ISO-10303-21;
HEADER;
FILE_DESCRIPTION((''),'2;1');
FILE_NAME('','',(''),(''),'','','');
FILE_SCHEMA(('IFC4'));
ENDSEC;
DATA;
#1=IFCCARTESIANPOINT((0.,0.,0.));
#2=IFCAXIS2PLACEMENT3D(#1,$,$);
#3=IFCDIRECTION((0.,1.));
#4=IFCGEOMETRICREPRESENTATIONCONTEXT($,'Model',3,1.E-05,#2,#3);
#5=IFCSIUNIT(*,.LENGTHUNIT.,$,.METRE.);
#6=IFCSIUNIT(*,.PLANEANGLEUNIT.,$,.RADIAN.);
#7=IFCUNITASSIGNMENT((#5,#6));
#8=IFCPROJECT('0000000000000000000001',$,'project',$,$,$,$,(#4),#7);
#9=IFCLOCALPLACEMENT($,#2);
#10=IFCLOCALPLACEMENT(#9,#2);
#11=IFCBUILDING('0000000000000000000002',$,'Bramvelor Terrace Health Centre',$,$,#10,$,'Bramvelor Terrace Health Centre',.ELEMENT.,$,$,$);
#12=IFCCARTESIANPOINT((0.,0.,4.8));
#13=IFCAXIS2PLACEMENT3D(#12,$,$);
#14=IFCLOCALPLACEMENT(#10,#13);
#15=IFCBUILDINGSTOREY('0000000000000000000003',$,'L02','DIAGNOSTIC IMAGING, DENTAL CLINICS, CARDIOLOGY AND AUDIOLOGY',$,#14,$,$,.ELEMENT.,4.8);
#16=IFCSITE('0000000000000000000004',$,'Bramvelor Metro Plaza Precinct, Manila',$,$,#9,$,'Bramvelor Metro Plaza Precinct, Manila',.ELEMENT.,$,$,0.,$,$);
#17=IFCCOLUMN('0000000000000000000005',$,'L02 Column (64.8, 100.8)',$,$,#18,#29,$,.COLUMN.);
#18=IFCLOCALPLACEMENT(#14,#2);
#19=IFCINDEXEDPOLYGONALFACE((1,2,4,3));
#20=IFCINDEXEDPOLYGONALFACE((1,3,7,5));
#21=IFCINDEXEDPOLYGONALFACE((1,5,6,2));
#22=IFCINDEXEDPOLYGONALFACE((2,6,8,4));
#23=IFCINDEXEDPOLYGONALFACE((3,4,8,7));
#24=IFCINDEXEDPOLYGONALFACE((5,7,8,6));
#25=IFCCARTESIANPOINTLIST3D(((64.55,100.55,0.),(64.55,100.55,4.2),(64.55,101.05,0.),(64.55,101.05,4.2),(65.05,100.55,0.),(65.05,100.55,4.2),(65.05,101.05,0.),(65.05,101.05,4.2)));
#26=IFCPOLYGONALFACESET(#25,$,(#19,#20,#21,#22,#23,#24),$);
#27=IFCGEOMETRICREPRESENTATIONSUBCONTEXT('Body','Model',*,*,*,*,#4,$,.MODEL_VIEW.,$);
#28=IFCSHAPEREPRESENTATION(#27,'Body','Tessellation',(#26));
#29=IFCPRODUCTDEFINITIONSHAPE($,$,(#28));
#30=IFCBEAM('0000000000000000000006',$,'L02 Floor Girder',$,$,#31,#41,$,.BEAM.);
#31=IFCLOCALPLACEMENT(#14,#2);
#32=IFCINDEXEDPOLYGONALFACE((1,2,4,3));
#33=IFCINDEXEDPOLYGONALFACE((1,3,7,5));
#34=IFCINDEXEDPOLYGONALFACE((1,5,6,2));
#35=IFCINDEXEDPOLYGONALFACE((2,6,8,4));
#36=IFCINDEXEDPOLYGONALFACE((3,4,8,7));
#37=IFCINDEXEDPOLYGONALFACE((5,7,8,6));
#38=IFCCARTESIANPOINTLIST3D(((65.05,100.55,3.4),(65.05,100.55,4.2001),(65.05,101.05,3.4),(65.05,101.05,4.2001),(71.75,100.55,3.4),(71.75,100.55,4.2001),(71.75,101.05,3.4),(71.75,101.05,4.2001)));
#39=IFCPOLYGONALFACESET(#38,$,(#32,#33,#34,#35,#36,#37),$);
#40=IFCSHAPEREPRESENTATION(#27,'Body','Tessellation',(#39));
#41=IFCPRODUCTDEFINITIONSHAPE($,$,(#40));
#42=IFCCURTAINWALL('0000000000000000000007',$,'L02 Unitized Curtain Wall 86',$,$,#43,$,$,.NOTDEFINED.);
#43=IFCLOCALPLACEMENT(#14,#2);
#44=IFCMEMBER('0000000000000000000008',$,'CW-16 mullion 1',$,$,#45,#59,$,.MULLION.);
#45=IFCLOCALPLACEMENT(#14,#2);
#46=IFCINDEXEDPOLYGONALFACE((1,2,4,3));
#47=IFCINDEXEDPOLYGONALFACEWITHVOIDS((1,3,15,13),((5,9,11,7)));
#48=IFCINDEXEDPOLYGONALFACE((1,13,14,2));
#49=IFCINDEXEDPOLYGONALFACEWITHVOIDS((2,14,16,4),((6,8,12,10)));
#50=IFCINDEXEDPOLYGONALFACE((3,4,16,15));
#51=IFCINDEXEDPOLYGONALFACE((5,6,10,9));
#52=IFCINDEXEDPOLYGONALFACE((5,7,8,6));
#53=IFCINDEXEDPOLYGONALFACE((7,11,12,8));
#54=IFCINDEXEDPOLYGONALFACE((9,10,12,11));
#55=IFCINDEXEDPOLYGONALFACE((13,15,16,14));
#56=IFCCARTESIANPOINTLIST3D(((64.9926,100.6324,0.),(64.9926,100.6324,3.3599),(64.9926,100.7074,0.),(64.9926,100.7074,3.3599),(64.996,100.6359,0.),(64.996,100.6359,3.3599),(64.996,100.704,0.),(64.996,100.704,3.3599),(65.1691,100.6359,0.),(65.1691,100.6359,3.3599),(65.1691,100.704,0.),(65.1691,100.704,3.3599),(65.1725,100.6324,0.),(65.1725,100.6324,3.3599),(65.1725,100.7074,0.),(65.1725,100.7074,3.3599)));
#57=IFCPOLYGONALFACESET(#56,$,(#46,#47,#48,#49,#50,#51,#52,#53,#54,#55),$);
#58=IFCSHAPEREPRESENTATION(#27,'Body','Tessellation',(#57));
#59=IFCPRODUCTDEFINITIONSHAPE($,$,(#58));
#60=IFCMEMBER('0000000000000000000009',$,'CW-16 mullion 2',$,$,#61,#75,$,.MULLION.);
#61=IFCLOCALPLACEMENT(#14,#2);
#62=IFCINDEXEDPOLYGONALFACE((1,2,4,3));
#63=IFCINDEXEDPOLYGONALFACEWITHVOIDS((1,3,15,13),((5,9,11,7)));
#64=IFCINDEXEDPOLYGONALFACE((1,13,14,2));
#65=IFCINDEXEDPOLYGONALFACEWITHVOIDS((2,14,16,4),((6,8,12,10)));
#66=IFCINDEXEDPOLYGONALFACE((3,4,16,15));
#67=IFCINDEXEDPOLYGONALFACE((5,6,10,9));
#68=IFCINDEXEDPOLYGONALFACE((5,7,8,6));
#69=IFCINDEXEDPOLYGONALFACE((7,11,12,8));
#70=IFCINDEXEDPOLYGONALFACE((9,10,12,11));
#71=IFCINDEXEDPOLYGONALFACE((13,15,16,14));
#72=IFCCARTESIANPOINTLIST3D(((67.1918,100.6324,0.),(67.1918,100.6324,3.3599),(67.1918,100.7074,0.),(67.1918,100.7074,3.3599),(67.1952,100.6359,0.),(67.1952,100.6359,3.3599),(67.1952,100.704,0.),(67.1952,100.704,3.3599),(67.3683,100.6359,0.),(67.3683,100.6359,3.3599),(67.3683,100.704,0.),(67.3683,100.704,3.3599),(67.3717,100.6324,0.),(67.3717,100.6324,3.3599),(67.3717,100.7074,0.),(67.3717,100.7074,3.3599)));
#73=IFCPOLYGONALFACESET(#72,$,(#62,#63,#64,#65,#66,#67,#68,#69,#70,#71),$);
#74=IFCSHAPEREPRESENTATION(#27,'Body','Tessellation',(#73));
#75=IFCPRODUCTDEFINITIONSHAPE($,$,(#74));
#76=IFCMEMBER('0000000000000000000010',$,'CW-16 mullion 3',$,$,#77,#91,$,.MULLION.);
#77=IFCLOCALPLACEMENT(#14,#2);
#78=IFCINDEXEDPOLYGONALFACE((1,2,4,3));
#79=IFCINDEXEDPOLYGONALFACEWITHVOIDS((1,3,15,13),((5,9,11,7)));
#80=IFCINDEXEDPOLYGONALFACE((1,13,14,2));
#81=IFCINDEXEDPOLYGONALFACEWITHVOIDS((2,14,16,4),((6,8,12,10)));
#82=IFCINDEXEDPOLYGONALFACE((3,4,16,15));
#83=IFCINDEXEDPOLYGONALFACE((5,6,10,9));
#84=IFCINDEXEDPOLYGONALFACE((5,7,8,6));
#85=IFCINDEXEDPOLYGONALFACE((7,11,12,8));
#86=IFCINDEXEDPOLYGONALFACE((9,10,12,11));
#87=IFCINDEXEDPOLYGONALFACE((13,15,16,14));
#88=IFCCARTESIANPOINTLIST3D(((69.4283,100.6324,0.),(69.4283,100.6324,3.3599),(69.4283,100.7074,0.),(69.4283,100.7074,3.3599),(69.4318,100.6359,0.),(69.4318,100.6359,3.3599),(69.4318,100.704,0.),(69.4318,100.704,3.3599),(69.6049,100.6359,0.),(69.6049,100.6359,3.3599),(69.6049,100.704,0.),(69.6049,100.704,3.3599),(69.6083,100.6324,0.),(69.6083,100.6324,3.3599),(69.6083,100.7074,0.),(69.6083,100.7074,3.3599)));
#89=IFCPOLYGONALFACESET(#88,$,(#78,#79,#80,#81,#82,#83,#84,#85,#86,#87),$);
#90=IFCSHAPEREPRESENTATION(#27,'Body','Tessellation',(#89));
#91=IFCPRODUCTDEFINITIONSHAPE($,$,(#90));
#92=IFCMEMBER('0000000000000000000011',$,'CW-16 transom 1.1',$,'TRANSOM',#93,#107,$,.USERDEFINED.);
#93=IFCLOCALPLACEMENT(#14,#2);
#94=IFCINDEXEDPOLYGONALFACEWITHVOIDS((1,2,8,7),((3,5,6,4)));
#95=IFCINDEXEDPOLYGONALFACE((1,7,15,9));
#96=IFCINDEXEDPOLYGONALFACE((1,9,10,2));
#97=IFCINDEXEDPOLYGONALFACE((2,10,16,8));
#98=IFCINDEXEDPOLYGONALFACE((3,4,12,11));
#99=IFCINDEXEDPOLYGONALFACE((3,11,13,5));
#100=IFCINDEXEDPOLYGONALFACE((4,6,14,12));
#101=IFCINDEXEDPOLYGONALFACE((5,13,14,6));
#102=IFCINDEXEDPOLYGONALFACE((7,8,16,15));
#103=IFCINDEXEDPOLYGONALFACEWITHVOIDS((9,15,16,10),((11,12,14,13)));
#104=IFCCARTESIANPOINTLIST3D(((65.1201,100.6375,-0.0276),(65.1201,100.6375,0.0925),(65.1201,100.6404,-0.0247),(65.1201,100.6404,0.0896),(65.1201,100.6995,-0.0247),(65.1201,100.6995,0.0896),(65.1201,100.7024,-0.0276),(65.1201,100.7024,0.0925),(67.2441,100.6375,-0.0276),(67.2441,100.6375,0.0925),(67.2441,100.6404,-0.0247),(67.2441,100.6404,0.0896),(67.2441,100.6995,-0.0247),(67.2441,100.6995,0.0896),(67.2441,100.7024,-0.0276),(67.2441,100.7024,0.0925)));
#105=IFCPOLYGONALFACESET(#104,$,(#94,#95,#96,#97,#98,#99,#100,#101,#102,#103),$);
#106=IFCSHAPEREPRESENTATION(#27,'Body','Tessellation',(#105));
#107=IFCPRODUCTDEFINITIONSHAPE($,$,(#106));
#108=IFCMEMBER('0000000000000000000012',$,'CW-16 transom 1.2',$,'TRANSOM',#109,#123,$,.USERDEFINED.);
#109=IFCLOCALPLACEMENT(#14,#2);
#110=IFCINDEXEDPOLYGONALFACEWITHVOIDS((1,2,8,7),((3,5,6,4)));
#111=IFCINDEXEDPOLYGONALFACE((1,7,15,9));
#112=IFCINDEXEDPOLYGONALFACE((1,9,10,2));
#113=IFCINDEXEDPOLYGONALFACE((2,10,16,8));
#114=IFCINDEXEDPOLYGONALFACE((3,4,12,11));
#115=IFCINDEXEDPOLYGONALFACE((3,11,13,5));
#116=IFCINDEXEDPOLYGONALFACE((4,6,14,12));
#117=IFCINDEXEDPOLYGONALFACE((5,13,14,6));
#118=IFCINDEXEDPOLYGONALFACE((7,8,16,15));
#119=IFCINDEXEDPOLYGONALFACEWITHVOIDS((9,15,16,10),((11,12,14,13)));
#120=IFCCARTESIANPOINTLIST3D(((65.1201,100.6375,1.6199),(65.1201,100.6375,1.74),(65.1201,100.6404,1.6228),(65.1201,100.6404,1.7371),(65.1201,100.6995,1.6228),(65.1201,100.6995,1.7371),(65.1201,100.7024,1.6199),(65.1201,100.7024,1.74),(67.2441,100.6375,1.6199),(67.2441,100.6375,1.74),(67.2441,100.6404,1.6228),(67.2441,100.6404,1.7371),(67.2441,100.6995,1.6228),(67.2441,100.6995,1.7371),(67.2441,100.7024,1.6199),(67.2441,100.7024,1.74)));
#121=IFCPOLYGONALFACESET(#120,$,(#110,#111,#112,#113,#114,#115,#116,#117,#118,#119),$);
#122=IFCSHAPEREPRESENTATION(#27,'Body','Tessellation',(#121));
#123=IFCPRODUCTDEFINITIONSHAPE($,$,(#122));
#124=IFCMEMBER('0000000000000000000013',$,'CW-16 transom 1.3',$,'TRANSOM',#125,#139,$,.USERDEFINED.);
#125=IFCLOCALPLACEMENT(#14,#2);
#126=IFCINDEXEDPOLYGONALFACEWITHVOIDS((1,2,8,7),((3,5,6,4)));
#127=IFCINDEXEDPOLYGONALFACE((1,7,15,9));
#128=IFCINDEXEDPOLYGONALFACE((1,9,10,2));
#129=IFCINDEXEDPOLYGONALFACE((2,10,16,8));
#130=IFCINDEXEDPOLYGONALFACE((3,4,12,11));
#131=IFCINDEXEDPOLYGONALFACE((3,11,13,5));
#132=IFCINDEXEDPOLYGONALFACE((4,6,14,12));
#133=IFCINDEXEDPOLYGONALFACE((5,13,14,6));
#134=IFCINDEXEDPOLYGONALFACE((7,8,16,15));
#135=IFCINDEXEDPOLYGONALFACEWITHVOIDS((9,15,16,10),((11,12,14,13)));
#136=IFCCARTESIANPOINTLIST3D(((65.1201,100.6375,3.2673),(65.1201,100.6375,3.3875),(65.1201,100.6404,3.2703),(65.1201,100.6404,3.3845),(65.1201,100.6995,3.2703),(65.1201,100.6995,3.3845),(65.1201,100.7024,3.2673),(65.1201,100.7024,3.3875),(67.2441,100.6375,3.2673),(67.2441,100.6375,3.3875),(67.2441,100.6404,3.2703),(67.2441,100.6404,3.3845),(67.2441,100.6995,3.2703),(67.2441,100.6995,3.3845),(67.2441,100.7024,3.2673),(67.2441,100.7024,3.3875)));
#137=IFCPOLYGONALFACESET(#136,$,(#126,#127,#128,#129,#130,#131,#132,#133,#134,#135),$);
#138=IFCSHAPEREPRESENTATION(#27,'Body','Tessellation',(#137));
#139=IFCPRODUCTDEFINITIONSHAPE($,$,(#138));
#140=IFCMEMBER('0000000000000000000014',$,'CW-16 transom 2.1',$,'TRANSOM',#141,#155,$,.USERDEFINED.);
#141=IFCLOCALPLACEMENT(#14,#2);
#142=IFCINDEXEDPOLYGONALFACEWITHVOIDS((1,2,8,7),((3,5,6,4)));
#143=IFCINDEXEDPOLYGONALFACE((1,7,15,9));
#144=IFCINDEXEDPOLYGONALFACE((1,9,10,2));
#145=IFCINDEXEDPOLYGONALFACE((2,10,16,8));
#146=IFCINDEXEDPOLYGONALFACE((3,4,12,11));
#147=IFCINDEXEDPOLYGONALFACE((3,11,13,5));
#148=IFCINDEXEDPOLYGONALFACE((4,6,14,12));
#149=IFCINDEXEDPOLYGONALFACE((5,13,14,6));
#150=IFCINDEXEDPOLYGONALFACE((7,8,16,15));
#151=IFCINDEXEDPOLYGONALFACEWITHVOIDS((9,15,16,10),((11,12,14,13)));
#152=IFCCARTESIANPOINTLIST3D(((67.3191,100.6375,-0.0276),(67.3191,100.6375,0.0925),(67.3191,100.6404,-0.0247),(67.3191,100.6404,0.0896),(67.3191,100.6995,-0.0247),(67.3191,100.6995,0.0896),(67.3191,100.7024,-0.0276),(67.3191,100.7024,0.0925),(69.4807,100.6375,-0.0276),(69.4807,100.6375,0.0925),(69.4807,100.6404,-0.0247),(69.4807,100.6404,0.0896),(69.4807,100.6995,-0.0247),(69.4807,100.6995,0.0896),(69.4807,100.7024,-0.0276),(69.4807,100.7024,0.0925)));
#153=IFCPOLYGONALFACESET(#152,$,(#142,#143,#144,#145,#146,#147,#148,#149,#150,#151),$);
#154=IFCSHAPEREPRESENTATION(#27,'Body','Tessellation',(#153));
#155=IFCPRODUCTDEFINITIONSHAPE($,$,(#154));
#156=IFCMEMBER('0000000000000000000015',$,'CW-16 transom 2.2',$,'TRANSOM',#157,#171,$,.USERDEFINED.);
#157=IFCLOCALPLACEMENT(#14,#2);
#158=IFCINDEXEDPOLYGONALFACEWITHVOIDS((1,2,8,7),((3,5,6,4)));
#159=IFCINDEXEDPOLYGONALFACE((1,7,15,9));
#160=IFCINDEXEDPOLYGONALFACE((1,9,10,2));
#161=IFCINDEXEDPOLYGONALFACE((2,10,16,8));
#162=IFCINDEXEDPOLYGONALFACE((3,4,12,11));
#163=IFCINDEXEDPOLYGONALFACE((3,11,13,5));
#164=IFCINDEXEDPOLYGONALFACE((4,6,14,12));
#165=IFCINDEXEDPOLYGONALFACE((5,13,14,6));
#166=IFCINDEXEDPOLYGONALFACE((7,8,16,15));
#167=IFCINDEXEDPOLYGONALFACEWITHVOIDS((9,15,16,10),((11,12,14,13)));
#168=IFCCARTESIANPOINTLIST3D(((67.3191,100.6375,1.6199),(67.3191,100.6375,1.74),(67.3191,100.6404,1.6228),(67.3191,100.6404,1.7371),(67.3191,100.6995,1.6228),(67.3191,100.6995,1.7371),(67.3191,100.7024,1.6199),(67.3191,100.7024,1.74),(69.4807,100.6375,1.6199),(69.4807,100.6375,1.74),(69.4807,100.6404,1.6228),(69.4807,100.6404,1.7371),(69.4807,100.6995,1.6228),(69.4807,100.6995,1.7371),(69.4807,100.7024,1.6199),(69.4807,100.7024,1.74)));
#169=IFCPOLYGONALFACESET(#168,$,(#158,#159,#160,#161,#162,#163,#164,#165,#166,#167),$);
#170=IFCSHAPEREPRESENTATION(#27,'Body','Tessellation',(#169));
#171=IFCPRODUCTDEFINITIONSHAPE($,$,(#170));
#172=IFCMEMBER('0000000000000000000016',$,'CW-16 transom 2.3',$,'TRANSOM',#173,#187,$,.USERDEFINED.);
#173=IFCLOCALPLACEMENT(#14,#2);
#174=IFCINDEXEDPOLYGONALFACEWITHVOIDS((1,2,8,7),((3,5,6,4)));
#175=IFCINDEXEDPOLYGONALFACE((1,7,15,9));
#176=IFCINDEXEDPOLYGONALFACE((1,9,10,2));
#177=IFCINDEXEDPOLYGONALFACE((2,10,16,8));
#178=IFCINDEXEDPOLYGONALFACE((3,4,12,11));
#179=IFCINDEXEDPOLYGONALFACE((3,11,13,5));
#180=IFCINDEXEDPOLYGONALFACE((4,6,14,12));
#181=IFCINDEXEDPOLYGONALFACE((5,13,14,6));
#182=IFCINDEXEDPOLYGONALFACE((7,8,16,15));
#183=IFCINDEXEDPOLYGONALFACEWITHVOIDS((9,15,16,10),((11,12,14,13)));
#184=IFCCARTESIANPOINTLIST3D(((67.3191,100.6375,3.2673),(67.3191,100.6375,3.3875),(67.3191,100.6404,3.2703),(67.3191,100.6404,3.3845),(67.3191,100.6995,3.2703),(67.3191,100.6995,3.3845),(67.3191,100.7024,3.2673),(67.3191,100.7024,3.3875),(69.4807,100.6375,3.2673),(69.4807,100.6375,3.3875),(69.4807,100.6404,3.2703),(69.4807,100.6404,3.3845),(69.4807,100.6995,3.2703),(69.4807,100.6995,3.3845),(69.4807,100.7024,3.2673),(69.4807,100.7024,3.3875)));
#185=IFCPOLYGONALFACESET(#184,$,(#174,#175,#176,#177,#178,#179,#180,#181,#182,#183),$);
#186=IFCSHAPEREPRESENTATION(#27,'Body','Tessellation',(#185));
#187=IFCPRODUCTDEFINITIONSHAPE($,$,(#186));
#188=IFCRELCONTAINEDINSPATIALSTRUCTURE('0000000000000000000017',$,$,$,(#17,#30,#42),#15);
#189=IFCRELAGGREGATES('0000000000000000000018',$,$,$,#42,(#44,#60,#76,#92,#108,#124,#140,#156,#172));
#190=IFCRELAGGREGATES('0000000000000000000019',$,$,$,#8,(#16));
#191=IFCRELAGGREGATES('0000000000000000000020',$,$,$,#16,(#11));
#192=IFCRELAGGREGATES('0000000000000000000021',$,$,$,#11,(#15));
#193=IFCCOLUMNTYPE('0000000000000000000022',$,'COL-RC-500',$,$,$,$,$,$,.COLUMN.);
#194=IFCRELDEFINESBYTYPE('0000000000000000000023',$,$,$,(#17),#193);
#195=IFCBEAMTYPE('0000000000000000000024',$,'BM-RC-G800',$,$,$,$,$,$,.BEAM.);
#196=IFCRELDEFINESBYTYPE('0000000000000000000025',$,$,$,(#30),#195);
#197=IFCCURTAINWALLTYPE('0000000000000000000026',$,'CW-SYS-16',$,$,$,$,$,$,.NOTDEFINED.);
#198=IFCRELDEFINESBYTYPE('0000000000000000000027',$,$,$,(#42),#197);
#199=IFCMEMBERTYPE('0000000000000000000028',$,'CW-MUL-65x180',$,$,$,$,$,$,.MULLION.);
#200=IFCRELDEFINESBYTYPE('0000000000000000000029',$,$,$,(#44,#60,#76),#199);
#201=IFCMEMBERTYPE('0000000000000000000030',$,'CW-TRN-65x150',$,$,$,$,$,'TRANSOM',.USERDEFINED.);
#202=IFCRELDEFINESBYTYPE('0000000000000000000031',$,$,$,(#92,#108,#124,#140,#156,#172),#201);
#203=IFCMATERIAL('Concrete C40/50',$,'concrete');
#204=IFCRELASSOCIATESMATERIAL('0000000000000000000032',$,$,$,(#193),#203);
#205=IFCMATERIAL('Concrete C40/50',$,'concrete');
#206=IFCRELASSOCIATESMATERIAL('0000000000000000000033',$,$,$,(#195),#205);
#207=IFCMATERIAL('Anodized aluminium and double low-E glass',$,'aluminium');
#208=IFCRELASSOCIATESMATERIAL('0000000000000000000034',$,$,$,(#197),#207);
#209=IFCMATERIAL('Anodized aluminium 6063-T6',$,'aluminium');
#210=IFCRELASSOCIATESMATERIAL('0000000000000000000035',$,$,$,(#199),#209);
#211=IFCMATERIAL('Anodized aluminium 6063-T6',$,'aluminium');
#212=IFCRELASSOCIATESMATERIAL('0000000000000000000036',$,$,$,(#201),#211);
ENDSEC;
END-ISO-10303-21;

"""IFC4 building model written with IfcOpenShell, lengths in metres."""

from ifc_helpers import new_model, si_unit, direction, frame, origin, origin_2d, place, context, subcontext, project, spatial, rectangle, hollow_rectangle, extrude, material, material_profile, profile_set, type_object, element, aggregate, save


model = new_model("IFC4")

# Units and contexts
model_context = context("Model", 3, precision=1e-05, world=origin(), true_north=direction((0.0, 1.0)))
body_context = subcontext(model_context, "Body", "Model", "MODEL_VIEW")
ifc_project = project(units=[si_unit("LENGTHUNIT", "METRE"), si_unit("PLANEANGLEUNIT", "RADIAN")], contexts=[model_context])

# Site, building, storey
site_placement = place(None, origin())
site = spatial("IfcSite", under=ifc_project, at=site_placement, Name="Bramvelor Metro Plaza Precinct, Manila", LongName="Bramvelor Metro Plaza Precinct, Manila", CompositionType="ELEMENT", RefElevation=0.0)
building_placement = place(site_placement, origin())
building = spatial("IfcBuilding", under=site, at=building_placement, Name="Bramvelor Terrace Health Centre", LongName="Bramvelor Terrace Health Centre", CompositionType="ELEMENT")
storey_placement = place(building_placement, frame((0.0, 0.0, 4.8)))
storey = spatial("IfcBuildingStorey", under=building, at=storey_placement, Name="L02", Description="DIAGNOSTIC IMAGING, DENTAL CLINICS, CARDIOLOGY AND AUDIOLOGY", CompositionType="ELEMENT", Elevation=4.8)

# Column
ifc_material_1 = material(Name="Concrete C40/50", Category="concrete")
ifc_material_profile_1 = material_profile(ifc_material_1, rectangle(XDim=0.5, YDim=0.5, at=origin_2d()), Name="RC 500x500")
ifc_profile_set_1 = profile_set([ifc_material_profile_1], Name="Concrete C40/50")
column_type = type_object("IfcColumnType", Name="COL-RC-500", PredefinedType="COLUMN", material=ifc_profile_set_1)
column_placement = place(storey_placement, frame((64.8, 100.8, 0.0), z_axis=(0.0, 0.0, 1.0), x_axis=(1.0, 0.0, 0.0)))
element("IfcColumn", 1, at=column_placement, inside=storey, type_object=column_type, Name="L02 Column (64.8, 100.8)", PredefinedType="COLUMN", context=body_context, shape_type="SweptSolid", body=[
    extrude(rectangle(XDim=0.5, YDim=0.5, at=origin_2d()), origin(), (0.0, 0.0, 1.0), 4.2),
])

# Beam
ifc_material_2 = material(Name="Concrete C40/50", Category="concrete")
ifc_material_profile_2 = material_profile(ifc_material_2, rectangle(XDim=0.5, YDim=0.8, at=origin_2d()), Name="RC 500x800")
ifc_profile_set_2 = profile_set([ifc_material_profile_2], Name="Concrete C40/50")
beam_type = type_object("IfcBeamType", Name="BM-RC-G800", PredefinedType="BEAM", material=ifc_profile_set_2)
beam_placement = place(storey_placement, frame((65.05, 100.8, 3.8), z_axis=(1.0, 0.0, 0.0), x_axis=(0.0, 1.0, 0.0)))
element("IfcBeam", 2, at=beam_placement, inside=storey, type_object=beam_type, Name="L02 Floor Girder", PredefinedType="BEAM", context=body_context, shape_type="SweptSolid", body=[
    extrude(rectangle(XDim=0.5, YDim=0.8, at=origin_2d()), origin(), (0.0, 0.0, 1.0), 6.7),
])

# Curtain wall, members
ifc_material_3 = material(Name="Anodized aluminium and double low-E glass", Category="aluminium")
curtain_wall_type = type_object("IfcCurtainWallType", Name="CW-SYS-16", PredefinedType="NOTDEFINED", material=ifc_material_3)
curtain_wall_placement = place(storey_placement, origin())
curtain_wall = element("IfcCurtainWall", 3, at=curtain_wall_placement, inside=storey, type_object=curtain_wall_type, Name="L02 Unitized Curtain Wall 86", PredefinedType="NOTDEFINED")
ifc_material_4 = material(Name="Anodized aluminium 6063-T6", Category="aluminium")
ifc_material_profile_3 = material_profile(ifc_material_4, hollow_rectangle(XDim=0.075, YDim=0.1799, WallThickness=0.0034, at=origin_2d()), Name="ALU-MUL 75x180x3.5")
ifc_profile_set_3 = profile_set([ifc_material_profile_3], Name="Anodized aluminium 6063-T6")
member_type_1 = type_object("IfcMemberType", Name="CW-MUL-65x180", PredefinedType="MULLION", material=ifc_profile_set_3)
member_1_placement = place(storey_placement, frame((65.0825, 100.6699, 0.0), z_axis=(0.0, 0.0, 1.0), x_axis=(0.0, 1.0, 0.0)))
member_1 = element("IfcMember", 4, at=member_1_placement, type_object=member_type_1, Name="CW-16 mullion 1", PredefinedType="MULLION", context=body_context, shape_type="SweptSolid", body=[
    extrude(hollow_rectangle(XDim=0.075, YDim=0.1799, WallThickness=0.0034, at=origin_2d()), origin(), (0.0, 0.0, 1.0), 3.3599),
])
member_2_placement = place(storey_placement, frame((67.2817, 100.6699, 0.0), z_axis=(0.0, 0.0, 1.0), x_axis=(0.0, 1.0, 0.0)))
member_2 = element("IfcMember", 5, at=member_2_placement, type_object=member_type_1, Name="CW-16 mullion 2", PredefinedType="MULLION", context=body_context, shape_type="SweptSolid", body=[
    extrude(hollow_rectangle(XDim=0.075, YDim=0.1799, WallThickness=0.0034, at=origin_2d()), origin(), (0.0, 0.0, 1.0), 3.3599),
])
member_3_placement = place(storey_placement, frame((69.5183, 100.6699, 0.0), z_axis=(0.0, 0.0, 1.0), x_axis=(0.0, 1.0, 0.0)))
member_3 = element("IfcMember", 6, at=member_3_placement, type_object=member_type_1, Name="CW-16 mullion 3", PredefinedType="MULLION", context=body_context, shape_type="SweptSolid", body=[
    extrude(hollow_rectangle(XDim=0.075, YDim=0.1799, WallThickness=0.0034, at=origin_2d()), origin(), (0.0, 0.0, 1.0), 3.3599),
])
ifc_material_5 = material(Name="Anodized aluminium 6063-T6", Category="aluminium")
ifc_material_profile_4 = material_profile(ifc_material_5, hollow_rectangle(XDim=0.0649, YDim=0.1201, WallThickness=0.0029, at=origin_2d()), Name="ALU-TRN 65x120x3.0")
ifc_profile_set_4 = profile_set([ifc_material_profile_4], Name="Anodized aluminium 6063-T6")
member_type_2 = type_object("IfcMemberType", Name="CW-TRN-65x150", ElementType="TRANSOM", PredefinedType="USERDEFINED", material=ifc_profile_set_4)
member_4_placement = place(storey_placement, frame((65.1201, 100.6699, 0.0325), z_axis=(1.0, 0.0, 0.0), x_axis=(0.0, 1.0, 0.0)))
member_4 = element("IfcMember", 7, at=member_4_placement, type_object=member_type_2, Name="CW-16 transom 1.1", ObjectType="TRANSOM", PredefinedType="USERDEFINED", context=body_context, shape_type="SweptSolid", body=[
    extrude(hollow_rectangle(XDim=0.0649, YDim=0.1201, WallThickness=0.0029, at=origin_2d()), origin(), (0.0, 0.0, 1.0), 2.124),
])
member_5_placement = place(storey_placement, frame((65.1201, 100.6699, 1.6799), z_axis=(1.0, 0.0, 0.0), x_axis=(0.0, 1.0, 0.0)))
member_5 = element("IfcMember", 8, at=member_5_placement, type_object=member_type_2, Name="CW-16 transom 1.2", ObjectType="TRANSOM", PredefinedType="USERDEFINED", context=body_context, shape_type="SweptSolid", body=[
    extrude(hollow_rectangle(XDim=0.0649, YDim=0.1201, WallThickness=0.0029, at=origin_2d()), origin(), (0.0, 0.0, 1.0), 2.124),
])
member_6_placement = place(storey_placement, frame((65.1201, 100.6699, 3.3274), z_axis=(1.0, 0.0, 0.0), x_axis=(0.0, 1.0, 0.0)))
member_6 = element("IfcMember", 9, at=member_6_placement, type_object=member_type_2, Name="CW-16 transom 1.3", ObjectType="TRANSOM", PredefinedType="USERDEFINED", context=body_context, shape_type="SweptSolid", body=[
    extrude(hollow_rectangle(XDim=0.0649, YDim=0.1201, WallThickness=0.0029, at=origin_2d()), origin(), (0.0, 0.0, 1.0), 2.124),
])
member_7_placement = place(storey_placement, frame((67.3191, 100.6699, 0.0325), z_axis=(1.0, 0.0, 0.0), x_axis=(0.0, 1.0, 0.0)))
member_7 = element("IfcMember", 10, at=member_7_placement, type_object=member_type_2, Name="CW-16 transom 2.1", ObjectType="TRANSOM", PredefinedType="USERDEFINED", context=body_context, shape_type="SweptSolid", body=[
    extrude(hollow_rectangle(XDim=0.0649, YDim=0.1201, WallThickness=0.0029, at=origin_2d()), origin(), (0.0, 0.0, 1.0), 2.1616),
])
member_8_placement = place(storey_placement, frame((67.3191, 100.6699, 1.6799), z_axis=(1.0, 0.0, 0.0), x_axis=(0.0, 1.0, 0.0)))
member_8 = element("IfcMember", 11, at=member_8_placement, type_object=member_type_2, Name="CW-16 transom 2.2", ObjectType="TRANSOM", PredefinedType="USERDEFINED", context=body_context, shape_type="SweptSolid", body=[
    extrude(hollow_rectangle(XDim=0.0649, YDim=0.1201, WallThickness=0.0029, at=origin_2d()), origin(), (0.0, 0.0, 1.0), 2.1616),
])
member_9_placement = place(storey_placement, frame((67.3191, 100.6699, 3.3274), z_axis=(1.0, 0.0, 0.0), x_axis=(0.0, 1.0, 0.0)))
member_9 = element("IfcMember", 12, at=member_9_placement, type_object=member_type_2, Name="CW-16 transom 2.3", ObjectType="TRANSOM", PredefinedType="USERDEFINED", context=body_context, shape_type="SweptSolid", body=[
    extrude(hollow_rectangle(XDim=0.0649, YDim=0.1201, WallThickness=0.0029, at=origin_2d()), origin(), (0.0, 0.0, 1.0), 2.1616),
])
aggregate(curtain_wall, [member_1, member_2, member_3, member_4, member_5, member_6, member_7, member_8, member_9])

save(model, "model.ifc")
